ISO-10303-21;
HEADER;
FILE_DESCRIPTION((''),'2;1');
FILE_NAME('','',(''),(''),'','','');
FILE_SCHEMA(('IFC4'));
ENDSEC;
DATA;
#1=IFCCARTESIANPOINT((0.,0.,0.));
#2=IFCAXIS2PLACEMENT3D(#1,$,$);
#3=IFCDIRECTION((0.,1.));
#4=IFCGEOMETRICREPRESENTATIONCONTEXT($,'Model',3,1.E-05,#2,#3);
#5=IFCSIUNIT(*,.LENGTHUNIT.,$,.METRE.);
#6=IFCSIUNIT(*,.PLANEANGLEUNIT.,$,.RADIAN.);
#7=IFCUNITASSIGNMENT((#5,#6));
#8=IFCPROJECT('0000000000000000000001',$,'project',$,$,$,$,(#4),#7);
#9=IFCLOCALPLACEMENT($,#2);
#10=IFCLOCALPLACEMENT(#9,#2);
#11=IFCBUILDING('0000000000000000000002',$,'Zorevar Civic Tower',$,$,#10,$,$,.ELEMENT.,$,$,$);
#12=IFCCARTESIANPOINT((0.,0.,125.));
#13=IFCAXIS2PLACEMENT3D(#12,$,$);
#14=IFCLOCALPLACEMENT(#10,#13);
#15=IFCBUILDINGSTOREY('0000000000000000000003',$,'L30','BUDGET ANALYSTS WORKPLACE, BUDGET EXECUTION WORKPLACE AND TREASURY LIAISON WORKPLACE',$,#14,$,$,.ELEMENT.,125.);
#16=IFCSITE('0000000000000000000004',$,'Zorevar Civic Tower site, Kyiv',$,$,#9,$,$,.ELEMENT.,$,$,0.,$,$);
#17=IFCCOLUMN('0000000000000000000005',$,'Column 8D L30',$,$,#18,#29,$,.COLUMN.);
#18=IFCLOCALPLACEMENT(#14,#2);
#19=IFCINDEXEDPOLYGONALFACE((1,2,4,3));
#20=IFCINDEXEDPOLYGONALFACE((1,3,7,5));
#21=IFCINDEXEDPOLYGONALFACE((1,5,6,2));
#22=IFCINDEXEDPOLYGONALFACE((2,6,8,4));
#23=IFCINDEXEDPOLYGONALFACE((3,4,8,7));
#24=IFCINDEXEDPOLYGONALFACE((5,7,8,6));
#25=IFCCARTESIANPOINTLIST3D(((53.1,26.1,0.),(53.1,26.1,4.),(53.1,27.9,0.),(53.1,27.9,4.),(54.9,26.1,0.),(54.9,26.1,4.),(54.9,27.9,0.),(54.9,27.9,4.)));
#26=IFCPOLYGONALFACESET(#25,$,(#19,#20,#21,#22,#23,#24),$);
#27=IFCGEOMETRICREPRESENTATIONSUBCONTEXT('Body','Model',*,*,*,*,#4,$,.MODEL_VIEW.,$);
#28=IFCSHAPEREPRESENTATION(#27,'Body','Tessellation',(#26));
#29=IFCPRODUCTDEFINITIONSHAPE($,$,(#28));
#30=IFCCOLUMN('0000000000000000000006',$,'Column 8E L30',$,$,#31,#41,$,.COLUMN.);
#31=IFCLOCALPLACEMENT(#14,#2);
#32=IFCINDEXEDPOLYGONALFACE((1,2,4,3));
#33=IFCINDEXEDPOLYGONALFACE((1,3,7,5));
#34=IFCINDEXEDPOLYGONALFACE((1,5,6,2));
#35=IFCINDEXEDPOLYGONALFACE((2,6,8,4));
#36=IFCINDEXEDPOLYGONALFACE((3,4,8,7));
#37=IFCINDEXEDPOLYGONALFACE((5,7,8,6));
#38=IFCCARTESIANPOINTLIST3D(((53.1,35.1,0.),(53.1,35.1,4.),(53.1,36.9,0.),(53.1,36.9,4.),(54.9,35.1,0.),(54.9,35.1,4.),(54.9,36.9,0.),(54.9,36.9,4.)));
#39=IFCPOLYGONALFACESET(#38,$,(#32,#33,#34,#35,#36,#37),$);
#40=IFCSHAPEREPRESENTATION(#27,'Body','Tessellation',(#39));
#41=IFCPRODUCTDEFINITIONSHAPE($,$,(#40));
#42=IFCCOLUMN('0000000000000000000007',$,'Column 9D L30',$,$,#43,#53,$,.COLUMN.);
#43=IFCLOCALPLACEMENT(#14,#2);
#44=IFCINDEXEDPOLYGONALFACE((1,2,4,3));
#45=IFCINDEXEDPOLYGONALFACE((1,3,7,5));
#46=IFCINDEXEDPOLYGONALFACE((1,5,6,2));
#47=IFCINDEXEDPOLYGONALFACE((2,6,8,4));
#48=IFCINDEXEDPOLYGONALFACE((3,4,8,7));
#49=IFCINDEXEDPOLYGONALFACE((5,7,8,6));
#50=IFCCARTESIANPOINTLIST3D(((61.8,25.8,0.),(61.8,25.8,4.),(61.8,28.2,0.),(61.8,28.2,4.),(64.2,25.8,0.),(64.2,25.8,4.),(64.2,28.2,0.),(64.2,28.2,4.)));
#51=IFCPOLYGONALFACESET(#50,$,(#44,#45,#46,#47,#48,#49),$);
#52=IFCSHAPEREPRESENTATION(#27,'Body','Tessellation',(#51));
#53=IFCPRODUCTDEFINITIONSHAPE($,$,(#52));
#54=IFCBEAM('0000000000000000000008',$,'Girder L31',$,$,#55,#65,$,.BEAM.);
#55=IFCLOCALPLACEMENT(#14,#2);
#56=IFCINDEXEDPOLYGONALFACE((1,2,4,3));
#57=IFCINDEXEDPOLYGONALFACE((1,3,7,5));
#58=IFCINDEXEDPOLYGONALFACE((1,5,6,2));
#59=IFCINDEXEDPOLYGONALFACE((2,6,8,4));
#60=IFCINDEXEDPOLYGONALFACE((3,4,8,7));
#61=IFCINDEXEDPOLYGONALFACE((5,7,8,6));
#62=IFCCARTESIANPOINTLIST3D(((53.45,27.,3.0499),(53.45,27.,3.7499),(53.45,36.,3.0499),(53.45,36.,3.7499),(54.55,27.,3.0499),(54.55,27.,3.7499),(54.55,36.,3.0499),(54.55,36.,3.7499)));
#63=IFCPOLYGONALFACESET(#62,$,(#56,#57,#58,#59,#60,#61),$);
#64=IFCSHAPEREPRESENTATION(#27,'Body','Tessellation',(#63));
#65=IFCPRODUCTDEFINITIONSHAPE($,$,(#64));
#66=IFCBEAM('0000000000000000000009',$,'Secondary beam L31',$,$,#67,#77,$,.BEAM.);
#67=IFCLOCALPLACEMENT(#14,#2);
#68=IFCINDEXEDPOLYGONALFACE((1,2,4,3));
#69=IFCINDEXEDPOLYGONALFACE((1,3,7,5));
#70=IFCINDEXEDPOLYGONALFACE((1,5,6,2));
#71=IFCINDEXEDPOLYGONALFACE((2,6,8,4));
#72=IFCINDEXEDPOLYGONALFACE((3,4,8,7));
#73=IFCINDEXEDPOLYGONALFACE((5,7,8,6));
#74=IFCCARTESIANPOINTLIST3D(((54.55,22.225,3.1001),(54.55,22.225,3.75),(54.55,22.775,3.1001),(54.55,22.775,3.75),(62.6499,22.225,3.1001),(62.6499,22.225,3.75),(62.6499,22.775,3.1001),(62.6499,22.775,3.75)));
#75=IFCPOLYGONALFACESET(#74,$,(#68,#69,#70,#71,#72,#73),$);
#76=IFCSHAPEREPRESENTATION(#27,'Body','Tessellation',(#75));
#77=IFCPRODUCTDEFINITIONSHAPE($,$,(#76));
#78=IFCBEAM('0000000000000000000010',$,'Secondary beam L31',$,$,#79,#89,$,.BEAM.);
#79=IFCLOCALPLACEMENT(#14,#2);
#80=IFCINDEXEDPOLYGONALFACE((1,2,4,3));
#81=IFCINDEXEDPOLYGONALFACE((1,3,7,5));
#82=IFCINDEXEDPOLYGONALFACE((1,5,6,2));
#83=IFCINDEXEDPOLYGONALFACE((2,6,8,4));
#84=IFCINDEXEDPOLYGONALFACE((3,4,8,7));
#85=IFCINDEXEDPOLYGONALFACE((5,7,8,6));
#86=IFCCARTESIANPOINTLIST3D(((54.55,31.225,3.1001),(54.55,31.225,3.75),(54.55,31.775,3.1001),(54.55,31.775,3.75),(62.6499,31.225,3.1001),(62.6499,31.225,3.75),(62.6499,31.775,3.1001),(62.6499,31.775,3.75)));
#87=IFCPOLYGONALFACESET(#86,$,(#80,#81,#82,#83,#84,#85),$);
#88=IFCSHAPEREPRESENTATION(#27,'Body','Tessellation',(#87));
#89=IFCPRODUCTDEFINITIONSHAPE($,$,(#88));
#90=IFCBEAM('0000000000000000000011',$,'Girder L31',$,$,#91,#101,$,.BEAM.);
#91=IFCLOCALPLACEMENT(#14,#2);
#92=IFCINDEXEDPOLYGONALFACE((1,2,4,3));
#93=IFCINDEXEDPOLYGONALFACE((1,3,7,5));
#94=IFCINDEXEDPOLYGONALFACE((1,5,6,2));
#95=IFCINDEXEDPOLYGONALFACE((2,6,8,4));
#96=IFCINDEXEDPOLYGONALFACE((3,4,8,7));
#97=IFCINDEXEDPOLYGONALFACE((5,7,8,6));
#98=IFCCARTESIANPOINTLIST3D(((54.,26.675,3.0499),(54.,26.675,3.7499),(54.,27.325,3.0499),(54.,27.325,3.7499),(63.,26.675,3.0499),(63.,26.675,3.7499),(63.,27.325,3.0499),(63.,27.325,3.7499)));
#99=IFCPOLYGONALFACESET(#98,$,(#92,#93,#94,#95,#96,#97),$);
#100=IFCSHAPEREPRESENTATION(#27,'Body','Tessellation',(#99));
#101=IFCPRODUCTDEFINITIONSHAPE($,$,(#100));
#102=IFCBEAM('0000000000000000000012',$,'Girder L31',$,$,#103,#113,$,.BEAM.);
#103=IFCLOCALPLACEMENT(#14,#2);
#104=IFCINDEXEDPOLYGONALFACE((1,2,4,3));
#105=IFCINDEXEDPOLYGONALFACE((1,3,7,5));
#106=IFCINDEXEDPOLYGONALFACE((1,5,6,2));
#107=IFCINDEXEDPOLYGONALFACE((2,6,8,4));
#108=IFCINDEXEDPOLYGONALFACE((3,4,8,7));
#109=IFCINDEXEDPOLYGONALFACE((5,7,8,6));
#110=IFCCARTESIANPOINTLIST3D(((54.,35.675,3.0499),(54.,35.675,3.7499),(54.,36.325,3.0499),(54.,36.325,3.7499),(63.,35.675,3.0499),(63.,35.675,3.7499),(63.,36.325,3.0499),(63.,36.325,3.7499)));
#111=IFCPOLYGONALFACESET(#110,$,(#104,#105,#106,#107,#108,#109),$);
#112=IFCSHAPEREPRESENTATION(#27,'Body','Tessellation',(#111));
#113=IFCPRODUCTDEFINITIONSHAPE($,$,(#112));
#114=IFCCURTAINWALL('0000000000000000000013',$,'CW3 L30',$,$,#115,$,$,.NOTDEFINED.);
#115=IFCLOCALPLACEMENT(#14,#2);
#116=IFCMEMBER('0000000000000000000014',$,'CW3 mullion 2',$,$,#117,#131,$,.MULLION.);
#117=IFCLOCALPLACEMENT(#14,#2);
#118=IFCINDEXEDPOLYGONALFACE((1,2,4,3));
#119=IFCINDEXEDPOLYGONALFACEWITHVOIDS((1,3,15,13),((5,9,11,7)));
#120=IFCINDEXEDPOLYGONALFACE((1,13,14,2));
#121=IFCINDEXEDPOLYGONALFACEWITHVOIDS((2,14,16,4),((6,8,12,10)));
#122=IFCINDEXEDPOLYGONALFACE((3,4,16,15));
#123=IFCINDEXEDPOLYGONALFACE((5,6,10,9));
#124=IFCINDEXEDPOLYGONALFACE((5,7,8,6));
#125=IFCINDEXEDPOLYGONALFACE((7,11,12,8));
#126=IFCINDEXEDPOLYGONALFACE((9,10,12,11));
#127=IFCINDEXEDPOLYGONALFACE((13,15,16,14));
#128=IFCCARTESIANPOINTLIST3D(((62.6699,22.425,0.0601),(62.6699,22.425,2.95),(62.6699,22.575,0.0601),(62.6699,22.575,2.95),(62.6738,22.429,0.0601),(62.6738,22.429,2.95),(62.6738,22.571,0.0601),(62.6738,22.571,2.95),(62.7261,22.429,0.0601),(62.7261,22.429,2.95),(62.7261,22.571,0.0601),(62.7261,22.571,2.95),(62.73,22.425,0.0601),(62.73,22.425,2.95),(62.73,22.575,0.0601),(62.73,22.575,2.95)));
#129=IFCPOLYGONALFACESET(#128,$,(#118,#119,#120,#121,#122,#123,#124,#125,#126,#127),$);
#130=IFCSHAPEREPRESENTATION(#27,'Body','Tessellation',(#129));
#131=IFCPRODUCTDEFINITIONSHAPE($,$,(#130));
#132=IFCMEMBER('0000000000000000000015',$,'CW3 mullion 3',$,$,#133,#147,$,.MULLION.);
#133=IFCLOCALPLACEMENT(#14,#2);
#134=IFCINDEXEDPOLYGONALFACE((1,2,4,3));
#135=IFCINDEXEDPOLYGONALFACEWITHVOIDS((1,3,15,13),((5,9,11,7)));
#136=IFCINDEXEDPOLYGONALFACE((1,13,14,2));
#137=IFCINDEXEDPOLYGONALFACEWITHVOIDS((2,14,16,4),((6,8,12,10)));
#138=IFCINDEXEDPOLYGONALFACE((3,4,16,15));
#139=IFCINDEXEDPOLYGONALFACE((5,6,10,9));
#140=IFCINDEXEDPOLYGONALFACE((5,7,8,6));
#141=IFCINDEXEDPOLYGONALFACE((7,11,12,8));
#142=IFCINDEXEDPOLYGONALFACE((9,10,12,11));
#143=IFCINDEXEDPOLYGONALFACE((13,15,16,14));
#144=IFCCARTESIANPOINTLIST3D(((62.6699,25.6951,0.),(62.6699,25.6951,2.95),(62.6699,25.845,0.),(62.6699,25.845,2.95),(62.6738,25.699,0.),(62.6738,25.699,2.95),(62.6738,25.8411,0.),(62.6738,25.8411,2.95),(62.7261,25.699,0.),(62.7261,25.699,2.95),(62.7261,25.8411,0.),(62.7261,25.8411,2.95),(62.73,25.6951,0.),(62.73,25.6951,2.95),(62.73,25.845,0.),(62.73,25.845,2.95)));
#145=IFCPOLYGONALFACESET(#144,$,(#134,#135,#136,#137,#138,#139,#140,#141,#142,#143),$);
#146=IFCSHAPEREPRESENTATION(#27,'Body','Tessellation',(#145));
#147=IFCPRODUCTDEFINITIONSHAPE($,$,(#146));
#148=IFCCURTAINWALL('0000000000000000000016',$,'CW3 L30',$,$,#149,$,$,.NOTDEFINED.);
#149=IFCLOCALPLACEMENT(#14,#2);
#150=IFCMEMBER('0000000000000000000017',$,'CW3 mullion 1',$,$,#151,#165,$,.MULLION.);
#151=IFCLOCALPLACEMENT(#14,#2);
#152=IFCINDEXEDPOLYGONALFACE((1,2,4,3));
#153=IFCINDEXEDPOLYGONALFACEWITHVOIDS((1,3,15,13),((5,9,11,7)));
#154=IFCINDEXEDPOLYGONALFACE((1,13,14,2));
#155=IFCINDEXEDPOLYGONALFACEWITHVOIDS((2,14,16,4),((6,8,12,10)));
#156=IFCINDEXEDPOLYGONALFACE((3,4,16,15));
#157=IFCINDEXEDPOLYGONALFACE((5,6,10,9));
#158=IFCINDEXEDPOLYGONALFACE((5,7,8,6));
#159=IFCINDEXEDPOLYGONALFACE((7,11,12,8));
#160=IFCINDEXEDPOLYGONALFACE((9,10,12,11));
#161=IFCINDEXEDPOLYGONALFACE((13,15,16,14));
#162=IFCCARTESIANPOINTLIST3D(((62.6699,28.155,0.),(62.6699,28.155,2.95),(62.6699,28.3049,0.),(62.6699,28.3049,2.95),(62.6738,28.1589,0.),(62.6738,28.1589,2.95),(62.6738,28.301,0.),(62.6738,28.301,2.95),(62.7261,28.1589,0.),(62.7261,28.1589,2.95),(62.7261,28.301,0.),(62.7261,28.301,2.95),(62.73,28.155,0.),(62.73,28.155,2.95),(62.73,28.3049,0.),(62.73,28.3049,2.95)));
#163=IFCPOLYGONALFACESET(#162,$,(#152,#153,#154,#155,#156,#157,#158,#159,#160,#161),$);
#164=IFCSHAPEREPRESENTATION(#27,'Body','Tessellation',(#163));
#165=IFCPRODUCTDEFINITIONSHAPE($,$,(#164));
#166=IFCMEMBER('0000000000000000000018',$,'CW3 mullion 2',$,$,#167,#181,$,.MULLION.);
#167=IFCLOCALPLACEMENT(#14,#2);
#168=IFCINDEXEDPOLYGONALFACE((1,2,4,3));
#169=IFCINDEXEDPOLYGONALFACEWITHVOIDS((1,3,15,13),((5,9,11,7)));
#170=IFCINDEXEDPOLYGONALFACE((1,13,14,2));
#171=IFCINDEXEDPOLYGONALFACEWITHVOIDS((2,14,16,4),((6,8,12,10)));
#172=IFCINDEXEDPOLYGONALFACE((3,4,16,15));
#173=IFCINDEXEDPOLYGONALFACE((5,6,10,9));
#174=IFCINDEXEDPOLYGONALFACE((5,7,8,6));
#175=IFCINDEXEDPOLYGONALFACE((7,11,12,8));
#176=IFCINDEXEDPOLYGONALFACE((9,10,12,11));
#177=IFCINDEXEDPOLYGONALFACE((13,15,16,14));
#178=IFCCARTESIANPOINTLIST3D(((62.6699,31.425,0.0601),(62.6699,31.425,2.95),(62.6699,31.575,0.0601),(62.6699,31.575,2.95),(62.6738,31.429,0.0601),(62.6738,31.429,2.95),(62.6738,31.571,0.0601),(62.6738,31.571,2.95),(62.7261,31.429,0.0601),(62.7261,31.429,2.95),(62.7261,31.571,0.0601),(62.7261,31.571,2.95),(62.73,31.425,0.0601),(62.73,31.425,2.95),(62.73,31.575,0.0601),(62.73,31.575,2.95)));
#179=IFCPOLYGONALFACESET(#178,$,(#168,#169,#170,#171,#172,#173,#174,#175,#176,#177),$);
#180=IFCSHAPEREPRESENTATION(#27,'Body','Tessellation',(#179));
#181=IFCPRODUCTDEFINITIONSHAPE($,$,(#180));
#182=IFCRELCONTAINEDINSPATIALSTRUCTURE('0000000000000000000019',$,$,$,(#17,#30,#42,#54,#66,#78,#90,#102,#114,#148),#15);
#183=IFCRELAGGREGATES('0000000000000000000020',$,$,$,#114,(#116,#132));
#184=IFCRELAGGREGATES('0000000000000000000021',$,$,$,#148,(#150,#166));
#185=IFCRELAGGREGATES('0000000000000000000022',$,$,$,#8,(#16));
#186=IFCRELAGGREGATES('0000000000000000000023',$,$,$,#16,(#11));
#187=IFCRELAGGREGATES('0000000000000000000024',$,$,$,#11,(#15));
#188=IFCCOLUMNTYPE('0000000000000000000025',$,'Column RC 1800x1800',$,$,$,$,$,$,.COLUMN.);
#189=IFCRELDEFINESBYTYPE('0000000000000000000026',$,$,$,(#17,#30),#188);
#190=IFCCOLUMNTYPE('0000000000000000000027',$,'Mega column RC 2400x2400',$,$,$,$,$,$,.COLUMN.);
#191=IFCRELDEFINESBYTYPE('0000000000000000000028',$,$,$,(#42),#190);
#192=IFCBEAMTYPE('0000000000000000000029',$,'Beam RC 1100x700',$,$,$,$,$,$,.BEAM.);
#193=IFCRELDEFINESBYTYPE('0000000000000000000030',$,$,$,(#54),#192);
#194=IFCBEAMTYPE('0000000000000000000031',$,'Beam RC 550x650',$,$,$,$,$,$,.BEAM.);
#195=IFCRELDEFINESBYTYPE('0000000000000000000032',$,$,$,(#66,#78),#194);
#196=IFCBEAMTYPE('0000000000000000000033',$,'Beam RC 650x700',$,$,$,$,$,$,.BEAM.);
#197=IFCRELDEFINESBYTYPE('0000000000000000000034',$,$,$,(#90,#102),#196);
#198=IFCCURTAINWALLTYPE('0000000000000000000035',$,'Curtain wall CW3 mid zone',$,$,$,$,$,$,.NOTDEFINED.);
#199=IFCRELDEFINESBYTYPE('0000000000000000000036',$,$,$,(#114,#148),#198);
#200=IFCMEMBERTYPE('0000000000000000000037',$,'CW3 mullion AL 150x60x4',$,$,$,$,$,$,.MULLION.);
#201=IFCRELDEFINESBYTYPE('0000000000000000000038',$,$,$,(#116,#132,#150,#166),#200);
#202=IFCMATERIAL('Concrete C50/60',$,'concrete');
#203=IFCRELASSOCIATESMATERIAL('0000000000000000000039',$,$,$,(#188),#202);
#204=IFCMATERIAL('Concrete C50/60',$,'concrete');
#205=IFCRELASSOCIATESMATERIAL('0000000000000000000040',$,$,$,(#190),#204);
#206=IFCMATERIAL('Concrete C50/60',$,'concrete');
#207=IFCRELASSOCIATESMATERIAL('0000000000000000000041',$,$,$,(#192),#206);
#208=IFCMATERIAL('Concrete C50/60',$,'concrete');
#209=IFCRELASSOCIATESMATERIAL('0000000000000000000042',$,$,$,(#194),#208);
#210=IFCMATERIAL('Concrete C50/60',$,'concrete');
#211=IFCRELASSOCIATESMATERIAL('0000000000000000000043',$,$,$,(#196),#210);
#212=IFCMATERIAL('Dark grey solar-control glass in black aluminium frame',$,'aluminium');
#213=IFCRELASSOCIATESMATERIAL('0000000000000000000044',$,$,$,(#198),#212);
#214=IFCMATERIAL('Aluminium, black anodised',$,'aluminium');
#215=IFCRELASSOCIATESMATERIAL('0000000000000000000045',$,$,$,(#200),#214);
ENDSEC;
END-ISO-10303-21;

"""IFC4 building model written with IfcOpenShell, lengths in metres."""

from ifc_helpers import new_model, si_unit, direction, frame, origin, origin_2d, place, context, subcontext, project, spatial, rectangle, hollow_rectangle, extrude, material, material_profile, profile_set, type_object, element, aggregate, save


model = new_model("IFC4")

# Units and contexts
model_context = context("Model", 3, precision=1e-05, world=origin(), true_north=direction((0.0, 1.0)))
body_context = subcontext(model_context, "Body", "Model", "MODEL_VIEW")
ifc_project = project(units=[si_unit("LENGTHUNIT", "METRE"), si_unit("PLANEANGLEUNIT", "RADIAN")], contexts=[model_context])

# Site, building, storey
site_placement = place(None, origin())
site = spatial("IfcSite", under=ifc_project, at=site_placement, Name="Zorevar Civic Tower site, Kyiv", CompositionType="ELEMENT", RefElevation=0.0)
building_placement = place(site_placement, origin())
building = spatial("IfcBuilding", under=site, at=building_placement, Name="Zorevar Civic Tower", CompositionType="ELEMENT")
storey_placement = place(building_placement, frame((0.0, 0.0, 125.0)))
storey = spatial("IfcBuildingStorey", under=building, at=storey_placement, Name="L30", Description="BUDGET ANALYSTS WORKPLACE, BUDGET EXECUTION WORKPLACE AND TREASURY LIAISON WORKPLACE", CompositionType="ELEMENT", Elevation=125.0)

# Columns
ifc_material_1 = material(Name="Concrete C50/60", Category="concrete")
ifc_material_profile_1 = material_profile(ifc_material_1, rectangle(XDim=1.8, YDim=1.8, at=origin_2d()), Name="RC 1800x1800")
ifc_profile_set_1 = profile_set([ifc_material_profile_1], Name="Concrete C50/60")
column_type_1 = type_object("IfcColumnType", Name="Column RC 1800x1800", PredefinedType="COLUMN", material=ifc_profile_set_1)
for number, where, z_axis, x_axis, name in (
    (1, (54.0, 27.0, 0.0), (0.0, 0.0, 1.0), (1.0, 0.0, 0.0), "Column 8D L30"),
    (2, (54.0, 36.0, 0.0), (0.0, 0.0, 1.0), (1.0, 0.0, 0.0), "Column 8E L30"),
):
    element("IfcColumn", number, at=place(storey_placement, frame(where, z_axis=z_axis, x_axis=x_axis)), inside=storey, type_object=column_type_1, Name=name, PredefinedType="COLUMN", context=body_context, shape_type="SweptSolid", body=[
        extrude(rectangle(XDim=1.8, YDim=1.8, at=origin_2d()), origin(), (0.0, 0.0, 1.0), 4.0),
    ])
ifc_material_2 = material(Name="Concrete C50/60", Category="concrete")
ifc_material_profile_2 = material_profile(ifc_material_2, rectangle(XDim=2.3999, YDim=2.3999, at=origin_2d()), Name="RC 2400x2400")
ifc_profile_set_2 = profile_set([ifc_material_profile_2], Name="Concrete C50/60")
column_type_2 = type_object("IfcColumnType", Name="Mega column RC 2400x2400", PredefinedType="COLUMN", material=ifc_profile_set_2)
column_placement = place(storey_placement, frame((63.0, 27.0, 0.0), z_axis=(0.0, 0.0, 1.0), x_axis=(1.0, 0.0, 0.0)))
element("IfcColumn", 3, at=column_placement, inside=storey, type_object=column_type_2, Name="Column 9D L30", PredefinedType="COLUMN", context=body_context, shape_type="SweptSolid", body=[
    extrude(rectangle(XDim=2.3999, YDim=2.3999, at=origin_2d()), origin(), (0.0, 0.0, 1.0), 4.0),
])

# Beams
ifc_material_3 = material(Name="Concrete C50/60", Category="concrete")
ifc_material_profile_3 = material_profile(ifc_material_3, rectangle(XDim=1.1001, YDim=0.7, at=origin_2d()), Name="RC 1100x700")
ifc_profile_set_3 = profile_set([ifc_material_profile_3], Name="Concrete C50/60")
beam_type_1 = type_object("IfcBeamType", Name="Beam RC 1100x700", PredefinedType="BEAM", material=ifc_profile_set_3)
beam_1_placement = place(storey_placement, frame((54.0, 27.0, 3.3999), z_axis=(0.0, 1.0, 0.0), x_axis=(-1.0, 0.0, 0.0)))
element("IfcBeam", 4, at=beam_1_placement, inside=storey, type_object=beam_type_1, Name="Girder L31", PredefinedType="BEAM", context=body_context, shape_type="SweptSolid", body=[
    extrude(rectangle(XDim=1.1001, YDim=0.7, at=origin_2d()), origin(), (0.0, 0.0, 1.0), 9.0),
])
ifc_material_4 = material(Name="Concrete C50/60", Category="concrete")
ifc_material_profile_4 = material_profile(ifc_material_4, rectangle(XDim=0.55, YDim=0.6499, at=origin_2d()), Name="RC 550x650")
ifc_profile_set_4 = profile_set([ifc_material_profile_4], Name="Concrete C50/60")
beam_type_2 = type_object("IfcBeamType", Name="Beam RC 550x650", PredefinedType="BEAM", material=ifc_profile_set_4)
for number, where, z_axis, x_axis, name in (
    (5, (54.55, 22.5, 3.425), (1.0, 0.0, 0.0), (0.0, 1.0, 0.0), "Secondary beam L31"),
    (6, (54.55, 31.5, 3.425), (1.0, 0.0, 0.0), (0.0, 1.0, 0.0), "Secondary beam L31"),
):
    element("IfcBeam", number, at=place(storey_placement, frame(where, z_axis=z_axis, x_axis=x_axis)), inside=storey, type_object=beam_type_2, Name=name, PredefinedType="BEAM", context=body_context, shape_type="SweptSolid", body=[
        extrude(rectangle(XDim=0.55, YDim=0.6499, at=origin_2d()), origin(), (0.0, 0.0, 1.0), 8.0999),
    ])
ifc_material_5 = material(Name="Concrete C50/60", Category="concrete")
ifc_material_profile_5 = material_profile(ifc_material_5, rectangle(XDim=0.6499, YDim=0.7, at=origin_2d()), Name="RC 650x700")
ifc_profile_set_5 = profile_set([ifc_material_profile_5], Name="Concrete C50/60")
beam_type_3 = type_object("IfcBeamType", Name="Beam RC 650x700", PredefinedType="BEAM", material=ifc_profile_set_5)
for number, where, z_axis, x_axis, name in (
    (7, (54.0, 27.0, 3.3999), (1.0, 0.0, 0.0), (0.0, 1.0, 0.0), "Girder L31"),
    (8, (54.0, 36.0, 3.3999), (1.0, 0.0, 0.0), (0.0, 1.0, 0.0), "Girder L31"),
):
    element("IfcBeam", number, at=place(storey_placement, frame(where, z_axis=z_axis, x_axis=x_axis)), inside=storey, type_object=beam_type_3, Name=name, PredefinedType="BEAM", context=body_context, shape_type="SweptSolid", body=[
        extrude(rectangle(XDim=0.6499, YDim=0.7, at=origin_2d()), origin(), (0.0, 0.0, 1.0), 9.0),
    ])

# Curtain walls, members
ifc_material_6 = material(Name="Dark grey solar-control glass in black aluminium frame", Category="aluminium")
curtain_wall_type = type_object("IfcCurtainWallType", Name="Curtain wall CW3 mid zone", PredefinedType="NOTDEFINED", material=ifc_material_6)
curtain_wall_1_placement = place(storey_placement, origin())
curtain_wall_1 = element("IfcCurtainWall", 9, at=curtain_wall_1_placement, inside=storey, type_object=curtain_wall_type, Name="CW3 L30", PredefinedType="NOTDEFINED")
ifc_material_7 = material(Name="Aluminium, black anodised", Category="aluminium")
ifc_material_profile_6 = material_profile(ifc_material_7, hollow_rectangle(XDim=0.0601, YDim=0.1499, WallThickness=0.0039, at=origin_2d()), Name="AL 150x60x4")
ifc_profile_set_6 = profile_set([ifc_material_profile_6], Name="Aluminium, black anodised")
member_type_1 = type_object("IfcMemberType", Name="CW3 mullion AL 150x60x4", PredefinedType="MULLION", material=ifc_profile_set_6)
member_1_placement = place(storey_placement, frame((62.7, 22.5, 0.0601), z_axis=(0.0, 0.0, 1.0), x_axis=(-1.0, 0.0, 0.0)))
member_1 = element("IfcMember", 10, at=member_1_placement, type_object=member_type_1, Name="CW3 mullion 2", PredefinedType="MULLION", context=body_context, shape_type="SweptSolid", body=[
    extrude(hollow_rectangle(XDim=0.0601, YDim=0.1499, WallThickness=0.0039, at=origin_2d()), origin(), (0.0, 0.0, 1.0), 2.8899),
])
member_2_placement = place(storey_placement, frame((62.7, 25.77, 0.0), z_axis=(0.0, 0.0, 1.0), x_axis=(-1.0, 0.0, 0.0)))
member_2 = element("IfcMember", 11, at=member_2_placement, type_object=member_type_1, Name="CW3 mullion 3", PredefinedType="MULLION", context=body_context, shape_type="SweptSolid", body=[
    extrude(hollow_rectangle(XDim=0.0601, YDim=0.1499, WallThickness=0.0039, at=origin_2d()), origin(), (0.0, 0.0, 1.0), 2.95),
])
curtain_wall_2_placement = place(storey_placement, origin())
curtain_wall_2 = element("IfcCurtainWall", 12, at=curtain_wall_2_placement, inside=storey, type_object=curtain_wall_type, Name="CW3 L30", PredefinedType="NOTDEFINED")
member_3_placement = place(storey_placement, frame((62.7, 28.23, 0.0), z_axis=(0.0, 0.0, 1.0), x_axis=(-1.0, 0.0, 0.0)))
member_3 = element("IfcMember", 13, at=member_3_placement, type_object=member_type_1, Name="CW3 mullion 1", PredefinedType="MULLION", context=body_context, shape_type="SweptSolid", body=[
    extrude(hollow_rectangle(XDim=0.0601, YDim=0.1499, WallThickness=0.0039, at=origin_2d()), origin(), (0.0, 0.0, 1.0), 2.95),
])
member_4_placement = place(storey_placement, frame((62.7, 31.5, 0.0601), z_axis=(0.0, 0.0, 1.0), x_axis=(-1.0, 0.0, 0.0)))
member_4 = element("IfcMember", 14, at=member_4_placement, type_object=member_type_1, Name="CW3 mullion 2", PredefinedType="MULLION", context=body_context, shape_type="SweptSolid", body=[
    extrude(hollow_rectangle(XDim=0.0601, YDim=0.1499, WallThickness=0.0039, at=origin_2d()), origin(), (0.0, 0.0, 1.0), 2.8899),
])

aggregate(curtain_wall_1, [member_1, member_2])
aggregate(curtain_wall_2, [member_3, member_4])

save(model, "model.ifc")
